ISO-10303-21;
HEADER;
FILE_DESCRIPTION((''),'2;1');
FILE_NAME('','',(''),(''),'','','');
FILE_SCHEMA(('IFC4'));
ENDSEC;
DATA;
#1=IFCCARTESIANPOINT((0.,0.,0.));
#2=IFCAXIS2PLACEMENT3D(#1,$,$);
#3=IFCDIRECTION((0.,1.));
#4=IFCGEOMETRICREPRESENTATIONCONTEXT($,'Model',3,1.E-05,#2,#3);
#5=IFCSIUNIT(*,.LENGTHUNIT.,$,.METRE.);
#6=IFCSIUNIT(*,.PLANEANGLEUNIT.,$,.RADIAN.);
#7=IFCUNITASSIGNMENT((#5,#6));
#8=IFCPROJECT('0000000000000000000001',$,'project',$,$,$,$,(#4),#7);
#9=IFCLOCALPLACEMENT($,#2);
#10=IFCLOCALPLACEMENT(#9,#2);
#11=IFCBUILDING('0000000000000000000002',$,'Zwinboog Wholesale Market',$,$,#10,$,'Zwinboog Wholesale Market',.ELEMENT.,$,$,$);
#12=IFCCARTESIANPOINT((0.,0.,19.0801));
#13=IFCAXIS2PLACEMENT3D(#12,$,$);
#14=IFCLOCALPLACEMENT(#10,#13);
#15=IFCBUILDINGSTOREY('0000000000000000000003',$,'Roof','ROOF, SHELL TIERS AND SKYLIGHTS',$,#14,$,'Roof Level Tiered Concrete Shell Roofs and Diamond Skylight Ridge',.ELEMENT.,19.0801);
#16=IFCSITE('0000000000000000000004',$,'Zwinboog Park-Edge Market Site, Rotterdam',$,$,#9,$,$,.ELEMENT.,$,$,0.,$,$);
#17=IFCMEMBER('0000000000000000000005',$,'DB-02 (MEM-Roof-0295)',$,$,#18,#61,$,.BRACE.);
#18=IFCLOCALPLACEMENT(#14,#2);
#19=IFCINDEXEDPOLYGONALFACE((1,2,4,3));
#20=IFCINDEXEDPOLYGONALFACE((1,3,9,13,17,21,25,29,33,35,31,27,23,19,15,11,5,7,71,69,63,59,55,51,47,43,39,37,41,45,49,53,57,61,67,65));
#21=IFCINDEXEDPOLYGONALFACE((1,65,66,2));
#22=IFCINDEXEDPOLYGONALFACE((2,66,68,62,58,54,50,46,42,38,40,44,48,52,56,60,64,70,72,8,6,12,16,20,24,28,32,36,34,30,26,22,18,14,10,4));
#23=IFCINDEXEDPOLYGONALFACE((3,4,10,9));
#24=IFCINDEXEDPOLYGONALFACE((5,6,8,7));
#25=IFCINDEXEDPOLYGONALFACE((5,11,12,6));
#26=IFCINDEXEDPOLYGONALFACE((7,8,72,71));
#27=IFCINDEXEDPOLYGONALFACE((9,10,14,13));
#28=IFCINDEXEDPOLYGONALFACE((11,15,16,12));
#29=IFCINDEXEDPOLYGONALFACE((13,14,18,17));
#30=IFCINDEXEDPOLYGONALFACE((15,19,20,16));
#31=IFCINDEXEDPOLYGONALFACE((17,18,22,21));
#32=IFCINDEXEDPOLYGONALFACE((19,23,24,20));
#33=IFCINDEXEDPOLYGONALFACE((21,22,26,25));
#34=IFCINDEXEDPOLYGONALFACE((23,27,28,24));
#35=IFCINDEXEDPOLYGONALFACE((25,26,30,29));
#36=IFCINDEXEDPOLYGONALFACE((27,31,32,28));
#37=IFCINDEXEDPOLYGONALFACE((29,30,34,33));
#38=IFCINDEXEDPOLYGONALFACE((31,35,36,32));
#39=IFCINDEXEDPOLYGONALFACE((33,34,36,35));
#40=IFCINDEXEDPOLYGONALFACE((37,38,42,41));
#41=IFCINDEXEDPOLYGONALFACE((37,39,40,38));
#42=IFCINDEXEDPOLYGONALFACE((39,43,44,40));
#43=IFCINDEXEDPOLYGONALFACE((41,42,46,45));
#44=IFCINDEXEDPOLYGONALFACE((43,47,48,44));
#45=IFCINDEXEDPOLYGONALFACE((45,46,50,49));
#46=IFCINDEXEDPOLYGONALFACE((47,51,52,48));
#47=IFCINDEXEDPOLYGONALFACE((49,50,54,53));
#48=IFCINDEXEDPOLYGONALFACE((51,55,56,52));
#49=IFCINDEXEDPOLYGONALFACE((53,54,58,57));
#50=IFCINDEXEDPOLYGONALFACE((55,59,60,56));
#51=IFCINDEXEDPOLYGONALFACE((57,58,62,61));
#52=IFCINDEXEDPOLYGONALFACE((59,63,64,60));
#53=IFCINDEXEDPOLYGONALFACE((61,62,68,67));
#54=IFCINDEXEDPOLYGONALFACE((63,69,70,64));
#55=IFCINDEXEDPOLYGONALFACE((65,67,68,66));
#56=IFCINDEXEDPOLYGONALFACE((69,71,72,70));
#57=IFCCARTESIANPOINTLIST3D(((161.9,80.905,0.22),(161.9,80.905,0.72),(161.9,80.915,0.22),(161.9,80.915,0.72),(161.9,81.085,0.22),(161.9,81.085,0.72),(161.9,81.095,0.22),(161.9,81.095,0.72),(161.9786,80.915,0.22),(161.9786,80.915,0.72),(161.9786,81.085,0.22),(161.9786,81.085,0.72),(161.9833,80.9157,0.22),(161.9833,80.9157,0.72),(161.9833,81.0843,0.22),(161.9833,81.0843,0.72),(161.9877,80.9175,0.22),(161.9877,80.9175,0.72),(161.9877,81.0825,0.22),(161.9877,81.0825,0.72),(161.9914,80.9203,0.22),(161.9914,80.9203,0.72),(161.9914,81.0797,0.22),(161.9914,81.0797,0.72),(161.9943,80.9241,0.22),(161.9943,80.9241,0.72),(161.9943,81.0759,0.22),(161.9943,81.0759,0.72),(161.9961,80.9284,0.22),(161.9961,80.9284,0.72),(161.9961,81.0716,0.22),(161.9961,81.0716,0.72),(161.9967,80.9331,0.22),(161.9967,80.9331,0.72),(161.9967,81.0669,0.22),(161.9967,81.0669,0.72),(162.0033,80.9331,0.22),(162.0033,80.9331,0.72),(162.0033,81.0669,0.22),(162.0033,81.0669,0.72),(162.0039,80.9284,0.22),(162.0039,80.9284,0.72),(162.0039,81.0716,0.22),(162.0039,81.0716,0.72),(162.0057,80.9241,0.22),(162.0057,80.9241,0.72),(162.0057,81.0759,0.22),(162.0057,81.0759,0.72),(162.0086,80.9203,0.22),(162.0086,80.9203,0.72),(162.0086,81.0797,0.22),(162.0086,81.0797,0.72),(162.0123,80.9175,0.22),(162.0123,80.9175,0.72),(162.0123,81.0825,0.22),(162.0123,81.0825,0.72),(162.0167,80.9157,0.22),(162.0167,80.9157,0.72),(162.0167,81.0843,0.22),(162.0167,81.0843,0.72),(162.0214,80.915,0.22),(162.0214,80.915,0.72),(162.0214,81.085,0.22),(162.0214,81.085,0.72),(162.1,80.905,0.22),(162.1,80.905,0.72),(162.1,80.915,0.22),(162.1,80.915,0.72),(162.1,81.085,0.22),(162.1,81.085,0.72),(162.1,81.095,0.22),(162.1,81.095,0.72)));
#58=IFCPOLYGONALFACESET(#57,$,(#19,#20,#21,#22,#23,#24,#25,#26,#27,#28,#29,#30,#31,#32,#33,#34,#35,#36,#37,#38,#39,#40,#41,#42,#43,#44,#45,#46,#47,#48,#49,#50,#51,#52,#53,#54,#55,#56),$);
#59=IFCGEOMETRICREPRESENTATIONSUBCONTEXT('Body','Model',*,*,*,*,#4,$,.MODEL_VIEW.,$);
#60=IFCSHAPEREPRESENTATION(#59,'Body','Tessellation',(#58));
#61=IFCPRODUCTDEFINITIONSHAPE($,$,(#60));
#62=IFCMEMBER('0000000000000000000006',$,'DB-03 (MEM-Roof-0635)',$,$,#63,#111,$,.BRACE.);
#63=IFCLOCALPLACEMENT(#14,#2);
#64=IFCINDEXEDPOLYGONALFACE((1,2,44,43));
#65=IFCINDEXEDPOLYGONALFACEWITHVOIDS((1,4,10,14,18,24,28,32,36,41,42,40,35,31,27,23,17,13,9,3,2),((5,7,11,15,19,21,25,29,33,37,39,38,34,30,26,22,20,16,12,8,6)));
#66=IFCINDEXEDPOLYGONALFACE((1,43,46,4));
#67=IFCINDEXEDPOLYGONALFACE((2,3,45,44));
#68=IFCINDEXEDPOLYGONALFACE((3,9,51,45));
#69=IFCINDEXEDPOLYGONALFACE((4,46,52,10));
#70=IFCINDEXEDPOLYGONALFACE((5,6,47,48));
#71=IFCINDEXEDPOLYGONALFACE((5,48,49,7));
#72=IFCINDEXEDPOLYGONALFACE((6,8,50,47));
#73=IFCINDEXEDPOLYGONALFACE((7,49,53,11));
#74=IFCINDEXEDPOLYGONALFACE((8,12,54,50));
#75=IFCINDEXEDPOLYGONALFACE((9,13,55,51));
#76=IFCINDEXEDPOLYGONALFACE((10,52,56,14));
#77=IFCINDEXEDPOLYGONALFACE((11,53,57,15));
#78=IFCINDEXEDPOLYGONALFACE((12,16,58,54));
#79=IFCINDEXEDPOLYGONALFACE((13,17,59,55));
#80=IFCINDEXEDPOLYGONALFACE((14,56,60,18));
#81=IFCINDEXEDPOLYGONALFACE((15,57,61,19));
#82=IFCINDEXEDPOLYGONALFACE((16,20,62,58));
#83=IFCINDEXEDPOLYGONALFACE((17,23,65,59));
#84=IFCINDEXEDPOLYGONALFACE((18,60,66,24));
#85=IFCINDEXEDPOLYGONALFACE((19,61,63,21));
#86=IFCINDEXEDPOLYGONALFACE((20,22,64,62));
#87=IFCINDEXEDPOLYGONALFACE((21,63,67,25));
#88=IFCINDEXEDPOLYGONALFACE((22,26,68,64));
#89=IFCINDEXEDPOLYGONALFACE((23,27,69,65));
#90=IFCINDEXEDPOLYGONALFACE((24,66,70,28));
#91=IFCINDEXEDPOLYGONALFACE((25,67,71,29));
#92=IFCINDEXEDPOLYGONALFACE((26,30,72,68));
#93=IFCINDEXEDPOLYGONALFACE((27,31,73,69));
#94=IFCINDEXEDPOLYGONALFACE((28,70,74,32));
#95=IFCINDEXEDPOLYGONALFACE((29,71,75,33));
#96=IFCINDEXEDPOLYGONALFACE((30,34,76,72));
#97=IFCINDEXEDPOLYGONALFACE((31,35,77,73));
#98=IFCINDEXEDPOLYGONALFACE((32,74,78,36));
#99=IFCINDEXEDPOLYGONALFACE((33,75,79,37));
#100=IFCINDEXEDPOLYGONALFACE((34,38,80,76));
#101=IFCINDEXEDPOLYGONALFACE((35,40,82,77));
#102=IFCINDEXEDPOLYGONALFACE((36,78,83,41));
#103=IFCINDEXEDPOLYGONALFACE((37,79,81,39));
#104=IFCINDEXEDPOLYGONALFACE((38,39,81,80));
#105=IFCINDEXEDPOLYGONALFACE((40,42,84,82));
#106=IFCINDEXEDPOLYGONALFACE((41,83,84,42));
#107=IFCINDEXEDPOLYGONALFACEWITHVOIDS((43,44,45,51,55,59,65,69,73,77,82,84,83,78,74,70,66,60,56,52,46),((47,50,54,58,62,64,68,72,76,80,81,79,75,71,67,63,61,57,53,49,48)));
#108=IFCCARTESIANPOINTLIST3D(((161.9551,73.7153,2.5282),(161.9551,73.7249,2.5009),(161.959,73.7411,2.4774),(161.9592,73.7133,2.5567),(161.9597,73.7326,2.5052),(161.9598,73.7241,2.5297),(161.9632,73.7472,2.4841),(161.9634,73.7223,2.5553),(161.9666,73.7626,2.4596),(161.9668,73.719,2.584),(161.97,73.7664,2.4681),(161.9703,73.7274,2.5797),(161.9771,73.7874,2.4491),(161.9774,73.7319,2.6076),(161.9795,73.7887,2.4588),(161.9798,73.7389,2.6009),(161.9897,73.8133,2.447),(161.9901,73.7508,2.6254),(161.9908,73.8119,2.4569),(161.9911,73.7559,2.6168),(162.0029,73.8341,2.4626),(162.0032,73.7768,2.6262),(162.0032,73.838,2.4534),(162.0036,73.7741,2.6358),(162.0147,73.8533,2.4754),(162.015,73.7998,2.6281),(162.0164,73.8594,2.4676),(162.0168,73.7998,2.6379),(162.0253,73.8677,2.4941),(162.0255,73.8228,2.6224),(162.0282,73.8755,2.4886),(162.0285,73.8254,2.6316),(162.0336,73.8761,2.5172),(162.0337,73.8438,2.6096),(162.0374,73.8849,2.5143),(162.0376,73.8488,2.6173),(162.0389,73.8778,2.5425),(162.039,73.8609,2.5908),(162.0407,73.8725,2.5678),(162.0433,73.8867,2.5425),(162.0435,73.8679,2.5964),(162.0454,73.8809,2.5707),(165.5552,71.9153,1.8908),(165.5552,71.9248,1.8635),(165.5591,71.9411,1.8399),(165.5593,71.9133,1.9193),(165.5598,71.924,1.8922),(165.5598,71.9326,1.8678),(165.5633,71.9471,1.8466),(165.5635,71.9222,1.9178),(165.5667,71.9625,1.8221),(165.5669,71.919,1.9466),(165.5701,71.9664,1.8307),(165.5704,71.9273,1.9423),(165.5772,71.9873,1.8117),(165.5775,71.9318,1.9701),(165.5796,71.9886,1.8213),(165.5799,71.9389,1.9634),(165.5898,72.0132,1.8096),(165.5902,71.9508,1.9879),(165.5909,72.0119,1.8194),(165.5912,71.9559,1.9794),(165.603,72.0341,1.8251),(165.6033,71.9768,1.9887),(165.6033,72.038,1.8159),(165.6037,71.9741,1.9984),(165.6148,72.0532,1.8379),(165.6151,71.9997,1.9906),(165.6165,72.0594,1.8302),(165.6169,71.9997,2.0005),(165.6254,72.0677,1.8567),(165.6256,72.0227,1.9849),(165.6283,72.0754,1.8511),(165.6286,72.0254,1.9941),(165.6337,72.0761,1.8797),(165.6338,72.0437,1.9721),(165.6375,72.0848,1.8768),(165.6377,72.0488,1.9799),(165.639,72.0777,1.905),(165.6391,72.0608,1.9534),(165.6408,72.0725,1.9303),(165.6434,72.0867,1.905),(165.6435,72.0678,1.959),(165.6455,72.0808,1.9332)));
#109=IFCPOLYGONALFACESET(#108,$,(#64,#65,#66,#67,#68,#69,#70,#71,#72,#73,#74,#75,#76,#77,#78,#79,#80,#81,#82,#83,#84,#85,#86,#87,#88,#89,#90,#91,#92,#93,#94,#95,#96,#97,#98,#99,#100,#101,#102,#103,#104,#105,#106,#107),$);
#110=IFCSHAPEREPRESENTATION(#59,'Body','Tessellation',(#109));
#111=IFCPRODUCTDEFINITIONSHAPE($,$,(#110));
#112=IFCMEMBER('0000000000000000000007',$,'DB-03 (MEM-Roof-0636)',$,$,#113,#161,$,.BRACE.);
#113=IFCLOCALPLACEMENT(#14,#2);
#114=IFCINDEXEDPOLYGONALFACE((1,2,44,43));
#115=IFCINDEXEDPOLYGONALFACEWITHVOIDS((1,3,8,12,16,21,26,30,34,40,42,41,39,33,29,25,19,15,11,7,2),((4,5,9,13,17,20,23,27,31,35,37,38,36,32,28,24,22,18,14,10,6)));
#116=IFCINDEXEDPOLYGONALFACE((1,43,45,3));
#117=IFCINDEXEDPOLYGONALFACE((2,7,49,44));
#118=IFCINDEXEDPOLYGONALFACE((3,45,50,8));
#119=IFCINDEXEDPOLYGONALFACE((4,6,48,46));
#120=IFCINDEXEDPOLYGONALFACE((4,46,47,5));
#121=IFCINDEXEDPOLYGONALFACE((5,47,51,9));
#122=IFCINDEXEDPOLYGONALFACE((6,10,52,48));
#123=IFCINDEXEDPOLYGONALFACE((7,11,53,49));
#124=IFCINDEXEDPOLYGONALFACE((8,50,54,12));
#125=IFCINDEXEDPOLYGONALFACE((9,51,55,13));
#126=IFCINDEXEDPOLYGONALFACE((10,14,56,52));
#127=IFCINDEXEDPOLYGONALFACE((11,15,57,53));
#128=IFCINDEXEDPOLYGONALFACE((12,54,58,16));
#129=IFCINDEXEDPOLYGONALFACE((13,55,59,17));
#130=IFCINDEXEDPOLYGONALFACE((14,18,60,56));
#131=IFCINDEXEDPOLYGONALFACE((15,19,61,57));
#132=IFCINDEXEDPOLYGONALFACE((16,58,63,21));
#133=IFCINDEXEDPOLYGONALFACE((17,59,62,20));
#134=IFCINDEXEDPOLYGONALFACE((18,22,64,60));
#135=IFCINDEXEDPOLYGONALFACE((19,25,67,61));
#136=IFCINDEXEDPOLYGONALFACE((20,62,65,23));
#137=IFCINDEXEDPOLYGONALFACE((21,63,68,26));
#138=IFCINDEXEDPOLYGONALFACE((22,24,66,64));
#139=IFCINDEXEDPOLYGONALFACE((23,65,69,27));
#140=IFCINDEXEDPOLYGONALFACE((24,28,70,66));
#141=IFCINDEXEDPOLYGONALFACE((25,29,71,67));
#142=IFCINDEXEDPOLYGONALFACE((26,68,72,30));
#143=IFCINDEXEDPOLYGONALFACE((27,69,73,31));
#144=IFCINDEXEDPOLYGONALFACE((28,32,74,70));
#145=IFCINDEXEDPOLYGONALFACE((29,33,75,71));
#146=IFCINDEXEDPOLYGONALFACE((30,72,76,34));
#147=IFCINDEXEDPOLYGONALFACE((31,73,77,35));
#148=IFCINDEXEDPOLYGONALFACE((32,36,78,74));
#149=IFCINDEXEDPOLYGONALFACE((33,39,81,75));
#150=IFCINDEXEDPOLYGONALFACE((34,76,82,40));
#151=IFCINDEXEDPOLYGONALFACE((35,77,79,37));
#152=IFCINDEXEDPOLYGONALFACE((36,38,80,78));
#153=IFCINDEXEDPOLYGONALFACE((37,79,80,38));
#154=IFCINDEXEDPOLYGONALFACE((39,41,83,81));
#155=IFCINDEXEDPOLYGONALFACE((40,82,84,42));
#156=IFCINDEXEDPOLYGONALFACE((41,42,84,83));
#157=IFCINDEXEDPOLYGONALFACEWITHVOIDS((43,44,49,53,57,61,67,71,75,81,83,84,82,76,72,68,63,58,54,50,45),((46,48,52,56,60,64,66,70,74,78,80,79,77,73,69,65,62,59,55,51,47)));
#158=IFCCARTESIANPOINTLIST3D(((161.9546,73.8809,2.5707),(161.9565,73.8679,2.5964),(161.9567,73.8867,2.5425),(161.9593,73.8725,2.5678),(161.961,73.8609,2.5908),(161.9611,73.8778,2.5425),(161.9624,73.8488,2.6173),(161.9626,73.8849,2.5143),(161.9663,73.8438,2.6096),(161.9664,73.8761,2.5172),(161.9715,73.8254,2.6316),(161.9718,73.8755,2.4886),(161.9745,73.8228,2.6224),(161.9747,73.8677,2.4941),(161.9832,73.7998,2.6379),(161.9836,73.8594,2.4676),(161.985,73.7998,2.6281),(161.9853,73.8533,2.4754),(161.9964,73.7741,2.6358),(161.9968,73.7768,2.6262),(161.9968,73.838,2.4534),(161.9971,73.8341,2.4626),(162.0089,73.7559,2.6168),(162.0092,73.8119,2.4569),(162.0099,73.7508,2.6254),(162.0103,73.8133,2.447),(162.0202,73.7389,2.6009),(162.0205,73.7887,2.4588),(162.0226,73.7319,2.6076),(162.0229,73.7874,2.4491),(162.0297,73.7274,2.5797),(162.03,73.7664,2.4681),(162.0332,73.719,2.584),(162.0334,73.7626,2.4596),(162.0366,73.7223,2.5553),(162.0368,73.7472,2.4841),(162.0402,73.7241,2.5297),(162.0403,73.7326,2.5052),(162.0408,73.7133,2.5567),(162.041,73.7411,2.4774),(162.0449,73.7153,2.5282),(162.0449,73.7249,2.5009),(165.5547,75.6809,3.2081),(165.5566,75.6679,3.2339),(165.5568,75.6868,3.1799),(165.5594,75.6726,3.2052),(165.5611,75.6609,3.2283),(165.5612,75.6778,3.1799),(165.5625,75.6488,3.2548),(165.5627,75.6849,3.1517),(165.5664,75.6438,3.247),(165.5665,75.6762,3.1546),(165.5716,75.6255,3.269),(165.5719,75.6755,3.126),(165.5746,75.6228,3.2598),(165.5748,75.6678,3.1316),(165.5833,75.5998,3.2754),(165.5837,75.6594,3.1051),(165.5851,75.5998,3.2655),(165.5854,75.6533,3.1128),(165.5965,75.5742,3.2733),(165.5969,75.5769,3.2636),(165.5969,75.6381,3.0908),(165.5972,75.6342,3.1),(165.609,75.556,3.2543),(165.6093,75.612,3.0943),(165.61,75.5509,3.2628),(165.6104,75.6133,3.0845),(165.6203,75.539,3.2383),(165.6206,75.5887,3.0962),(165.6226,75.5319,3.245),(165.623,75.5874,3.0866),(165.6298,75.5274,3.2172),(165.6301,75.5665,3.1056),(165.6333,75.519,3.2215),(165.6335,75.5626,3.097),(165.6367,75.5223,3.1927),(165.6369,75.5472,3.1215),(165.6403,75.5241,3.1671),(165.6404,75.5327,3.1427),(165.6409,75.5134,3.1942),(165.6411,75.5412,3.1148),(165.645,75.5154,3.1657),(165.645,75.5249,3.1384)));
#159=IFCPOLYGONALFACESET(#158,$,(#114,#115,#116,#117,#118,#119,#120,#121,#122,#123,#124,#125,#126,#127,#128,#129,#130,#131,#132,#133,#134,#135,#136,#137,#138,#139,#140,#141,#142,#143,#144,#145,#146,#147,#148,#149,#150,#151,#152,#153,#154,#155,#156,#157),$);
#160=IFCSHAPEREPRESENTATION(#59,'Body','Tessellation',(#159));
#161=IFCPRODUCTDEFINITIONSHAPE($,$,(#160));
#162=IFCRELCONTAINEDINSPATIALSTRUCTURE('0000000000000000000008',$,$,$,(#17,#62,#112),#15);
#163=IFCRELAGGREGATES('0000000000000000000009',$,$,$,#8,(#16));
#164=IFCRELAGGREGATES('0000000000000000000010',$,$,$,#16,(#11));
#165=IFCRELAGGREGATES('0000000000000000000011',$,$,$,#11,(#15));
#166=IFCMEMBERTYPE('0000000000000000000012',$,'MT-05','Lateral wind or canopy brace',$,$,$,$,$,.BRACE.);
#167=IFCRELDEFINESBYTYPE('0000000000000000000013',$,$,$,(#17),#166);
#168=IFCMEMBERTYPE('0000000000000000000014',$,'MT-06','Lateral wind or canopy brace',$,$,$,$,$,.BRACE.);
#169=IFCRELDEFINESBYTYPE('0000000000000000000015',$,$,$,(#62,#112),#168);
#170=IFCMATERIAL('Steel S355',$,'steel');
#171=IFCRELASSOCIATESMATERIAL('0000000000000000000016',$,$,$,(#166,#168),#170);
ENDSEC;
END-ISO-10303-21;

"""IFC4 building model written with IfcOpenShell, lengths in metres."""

from ifc_helpers import new_model, si_unit, direction, frame, origin, origin_2d, place, context, subcontext, project, spatial, hollow_circle, i_section, extrude, material, material_profile, profile_set, type_object, element, save


model = new_model("IFC4")

# Units and contexts
model_context = context("Model", 3, precision=1e-05, world=origin(), true_north=direction((0.0, 1.0)))
body_context = subcontext(model_context, "Body", "Model", "MODEL_VIEW")
ifc_project = project(units=[si_unit("LENGTHUNIT", "METRE"), si_unit("PLANEANGLEUNIT", "RADIAN")], contexts=[model_context])

# Site, building, storey
site_placement = place(None, origin())
site = spatial("IfcSite", under=ifc_project, at=site_placement, Name="Zwinboog Park-Edge Market Site, Rotterdam", CompositionType="ELEMENT", RefElevation=0.0)
building_placement = place(site_placement, origin())
building = spatial("IfcBuilding", under=site, at=building_placement, Name="Zwinboog Wholesale Market", LongName="Zwinboog Wholesale Market", CompositionType="ELEMENT")
storey_placement = place(building_placement, frame((0.0, 0.0, 19.0801)))
storey = spatial("IfcBuildingStorey", under=building, at=storey_placement, Name="Roof", Description="ROOF, SHELL TIERS AND SKYLIGHTS", LongName="Roof Level Tiered Concrete Shell Roofs and Diamond Skylight Ridge", CompositionType="ELEMENT", Elevation=19.0801)

# Members
ifc_material_1 = material(Name="Steel S355", Category="steel")
ifc_material_profile_1 = material_profile(ifc_material_1, i_section(OverallWidth=0.2, OverallDepth=0.1899, WebThickness=0.0066, FlangeThickness=0.01, FilletRadius=0.0181, at=origin_2d()), Name="HEA 200")
ifc_profile_set_1 = profile_set([ifc_material_profile_1], Name="Steel S355")
member_type_1 = type_object("IfcMemberType", Name="MT-05", Description="Lateral wind or canopy brace", PredefinedType="BRACE", material=ifc_profile_set_1)
member_1_placement = place(storey_placement, frame((162.0, 81.0, 0.22), z_axis=(0.0, 0.0, 1.0), x_axis=(1.0, 0.0, 0.0)))
element("IfcMember", 1, at=member_1_placement, inside=storey, type_object=member_type_1, Name="DB-02 (MEM-Roof-0295)", PredefinedType="BRACE", context=body_context, shape_type="SweptSolid", body=[
    extrude(i_section(OverallWidth=0.2, OverallDepth=0.1899, WebThickness=0.0066, FlangeThickness=0.01, FilletRadius=0.0181, at=origin_2d()), origin(), (0.0, 0.0, 1.0), 0.5),
])
ifc_material_profile_2 = material_profile(ifc_material_1, hollow_circle(Radius=0.0969, WallThickness=0.01, at=origin_2d()), Name="CHS 193.7x10")
ifc_profile_set_2 = profile_set([ifc_material_profile_2], Name="Steel S355")
member_type_2 = type_object("IfcMemberType", Name="MT-06", Description="Lateral wind or canopy brace", PredefinedType="BRACE", material=ifc_profile_set_2)
for number, where, z_axis, x_axis, name in (
    (2, (162.0, 73.8, 2.5425), (0.883417, -0.441709, -0.156422), (0.447214, 0.894427, 0.0), "DB-03 (MEM-Roof-0635)"),
    (3, (162.0, 73.8, 2.5425), (0.883417, 0.441709, 0.156422), (-0.447214, 0.894427, 0.0), "DB-03 (MEM-Roof-0636)"),
):
    element("IfcMember", number, at=place(storey_placement, frame(where, z_axis=z_axis, x_axis=x_axis)), inside=storey, type_object=member_type_2, Name=name, PredefinedType="BRACE", context=body_context, shape_type="SweptSolid", body=[
        extrude(hollow_circle(Radius=0.0969, WallThickness=0.01, at=origin_2d()), origin(), (0.0, 0.0, 1.0), 4.0752),
    ])

save(model, "model.ifc")
